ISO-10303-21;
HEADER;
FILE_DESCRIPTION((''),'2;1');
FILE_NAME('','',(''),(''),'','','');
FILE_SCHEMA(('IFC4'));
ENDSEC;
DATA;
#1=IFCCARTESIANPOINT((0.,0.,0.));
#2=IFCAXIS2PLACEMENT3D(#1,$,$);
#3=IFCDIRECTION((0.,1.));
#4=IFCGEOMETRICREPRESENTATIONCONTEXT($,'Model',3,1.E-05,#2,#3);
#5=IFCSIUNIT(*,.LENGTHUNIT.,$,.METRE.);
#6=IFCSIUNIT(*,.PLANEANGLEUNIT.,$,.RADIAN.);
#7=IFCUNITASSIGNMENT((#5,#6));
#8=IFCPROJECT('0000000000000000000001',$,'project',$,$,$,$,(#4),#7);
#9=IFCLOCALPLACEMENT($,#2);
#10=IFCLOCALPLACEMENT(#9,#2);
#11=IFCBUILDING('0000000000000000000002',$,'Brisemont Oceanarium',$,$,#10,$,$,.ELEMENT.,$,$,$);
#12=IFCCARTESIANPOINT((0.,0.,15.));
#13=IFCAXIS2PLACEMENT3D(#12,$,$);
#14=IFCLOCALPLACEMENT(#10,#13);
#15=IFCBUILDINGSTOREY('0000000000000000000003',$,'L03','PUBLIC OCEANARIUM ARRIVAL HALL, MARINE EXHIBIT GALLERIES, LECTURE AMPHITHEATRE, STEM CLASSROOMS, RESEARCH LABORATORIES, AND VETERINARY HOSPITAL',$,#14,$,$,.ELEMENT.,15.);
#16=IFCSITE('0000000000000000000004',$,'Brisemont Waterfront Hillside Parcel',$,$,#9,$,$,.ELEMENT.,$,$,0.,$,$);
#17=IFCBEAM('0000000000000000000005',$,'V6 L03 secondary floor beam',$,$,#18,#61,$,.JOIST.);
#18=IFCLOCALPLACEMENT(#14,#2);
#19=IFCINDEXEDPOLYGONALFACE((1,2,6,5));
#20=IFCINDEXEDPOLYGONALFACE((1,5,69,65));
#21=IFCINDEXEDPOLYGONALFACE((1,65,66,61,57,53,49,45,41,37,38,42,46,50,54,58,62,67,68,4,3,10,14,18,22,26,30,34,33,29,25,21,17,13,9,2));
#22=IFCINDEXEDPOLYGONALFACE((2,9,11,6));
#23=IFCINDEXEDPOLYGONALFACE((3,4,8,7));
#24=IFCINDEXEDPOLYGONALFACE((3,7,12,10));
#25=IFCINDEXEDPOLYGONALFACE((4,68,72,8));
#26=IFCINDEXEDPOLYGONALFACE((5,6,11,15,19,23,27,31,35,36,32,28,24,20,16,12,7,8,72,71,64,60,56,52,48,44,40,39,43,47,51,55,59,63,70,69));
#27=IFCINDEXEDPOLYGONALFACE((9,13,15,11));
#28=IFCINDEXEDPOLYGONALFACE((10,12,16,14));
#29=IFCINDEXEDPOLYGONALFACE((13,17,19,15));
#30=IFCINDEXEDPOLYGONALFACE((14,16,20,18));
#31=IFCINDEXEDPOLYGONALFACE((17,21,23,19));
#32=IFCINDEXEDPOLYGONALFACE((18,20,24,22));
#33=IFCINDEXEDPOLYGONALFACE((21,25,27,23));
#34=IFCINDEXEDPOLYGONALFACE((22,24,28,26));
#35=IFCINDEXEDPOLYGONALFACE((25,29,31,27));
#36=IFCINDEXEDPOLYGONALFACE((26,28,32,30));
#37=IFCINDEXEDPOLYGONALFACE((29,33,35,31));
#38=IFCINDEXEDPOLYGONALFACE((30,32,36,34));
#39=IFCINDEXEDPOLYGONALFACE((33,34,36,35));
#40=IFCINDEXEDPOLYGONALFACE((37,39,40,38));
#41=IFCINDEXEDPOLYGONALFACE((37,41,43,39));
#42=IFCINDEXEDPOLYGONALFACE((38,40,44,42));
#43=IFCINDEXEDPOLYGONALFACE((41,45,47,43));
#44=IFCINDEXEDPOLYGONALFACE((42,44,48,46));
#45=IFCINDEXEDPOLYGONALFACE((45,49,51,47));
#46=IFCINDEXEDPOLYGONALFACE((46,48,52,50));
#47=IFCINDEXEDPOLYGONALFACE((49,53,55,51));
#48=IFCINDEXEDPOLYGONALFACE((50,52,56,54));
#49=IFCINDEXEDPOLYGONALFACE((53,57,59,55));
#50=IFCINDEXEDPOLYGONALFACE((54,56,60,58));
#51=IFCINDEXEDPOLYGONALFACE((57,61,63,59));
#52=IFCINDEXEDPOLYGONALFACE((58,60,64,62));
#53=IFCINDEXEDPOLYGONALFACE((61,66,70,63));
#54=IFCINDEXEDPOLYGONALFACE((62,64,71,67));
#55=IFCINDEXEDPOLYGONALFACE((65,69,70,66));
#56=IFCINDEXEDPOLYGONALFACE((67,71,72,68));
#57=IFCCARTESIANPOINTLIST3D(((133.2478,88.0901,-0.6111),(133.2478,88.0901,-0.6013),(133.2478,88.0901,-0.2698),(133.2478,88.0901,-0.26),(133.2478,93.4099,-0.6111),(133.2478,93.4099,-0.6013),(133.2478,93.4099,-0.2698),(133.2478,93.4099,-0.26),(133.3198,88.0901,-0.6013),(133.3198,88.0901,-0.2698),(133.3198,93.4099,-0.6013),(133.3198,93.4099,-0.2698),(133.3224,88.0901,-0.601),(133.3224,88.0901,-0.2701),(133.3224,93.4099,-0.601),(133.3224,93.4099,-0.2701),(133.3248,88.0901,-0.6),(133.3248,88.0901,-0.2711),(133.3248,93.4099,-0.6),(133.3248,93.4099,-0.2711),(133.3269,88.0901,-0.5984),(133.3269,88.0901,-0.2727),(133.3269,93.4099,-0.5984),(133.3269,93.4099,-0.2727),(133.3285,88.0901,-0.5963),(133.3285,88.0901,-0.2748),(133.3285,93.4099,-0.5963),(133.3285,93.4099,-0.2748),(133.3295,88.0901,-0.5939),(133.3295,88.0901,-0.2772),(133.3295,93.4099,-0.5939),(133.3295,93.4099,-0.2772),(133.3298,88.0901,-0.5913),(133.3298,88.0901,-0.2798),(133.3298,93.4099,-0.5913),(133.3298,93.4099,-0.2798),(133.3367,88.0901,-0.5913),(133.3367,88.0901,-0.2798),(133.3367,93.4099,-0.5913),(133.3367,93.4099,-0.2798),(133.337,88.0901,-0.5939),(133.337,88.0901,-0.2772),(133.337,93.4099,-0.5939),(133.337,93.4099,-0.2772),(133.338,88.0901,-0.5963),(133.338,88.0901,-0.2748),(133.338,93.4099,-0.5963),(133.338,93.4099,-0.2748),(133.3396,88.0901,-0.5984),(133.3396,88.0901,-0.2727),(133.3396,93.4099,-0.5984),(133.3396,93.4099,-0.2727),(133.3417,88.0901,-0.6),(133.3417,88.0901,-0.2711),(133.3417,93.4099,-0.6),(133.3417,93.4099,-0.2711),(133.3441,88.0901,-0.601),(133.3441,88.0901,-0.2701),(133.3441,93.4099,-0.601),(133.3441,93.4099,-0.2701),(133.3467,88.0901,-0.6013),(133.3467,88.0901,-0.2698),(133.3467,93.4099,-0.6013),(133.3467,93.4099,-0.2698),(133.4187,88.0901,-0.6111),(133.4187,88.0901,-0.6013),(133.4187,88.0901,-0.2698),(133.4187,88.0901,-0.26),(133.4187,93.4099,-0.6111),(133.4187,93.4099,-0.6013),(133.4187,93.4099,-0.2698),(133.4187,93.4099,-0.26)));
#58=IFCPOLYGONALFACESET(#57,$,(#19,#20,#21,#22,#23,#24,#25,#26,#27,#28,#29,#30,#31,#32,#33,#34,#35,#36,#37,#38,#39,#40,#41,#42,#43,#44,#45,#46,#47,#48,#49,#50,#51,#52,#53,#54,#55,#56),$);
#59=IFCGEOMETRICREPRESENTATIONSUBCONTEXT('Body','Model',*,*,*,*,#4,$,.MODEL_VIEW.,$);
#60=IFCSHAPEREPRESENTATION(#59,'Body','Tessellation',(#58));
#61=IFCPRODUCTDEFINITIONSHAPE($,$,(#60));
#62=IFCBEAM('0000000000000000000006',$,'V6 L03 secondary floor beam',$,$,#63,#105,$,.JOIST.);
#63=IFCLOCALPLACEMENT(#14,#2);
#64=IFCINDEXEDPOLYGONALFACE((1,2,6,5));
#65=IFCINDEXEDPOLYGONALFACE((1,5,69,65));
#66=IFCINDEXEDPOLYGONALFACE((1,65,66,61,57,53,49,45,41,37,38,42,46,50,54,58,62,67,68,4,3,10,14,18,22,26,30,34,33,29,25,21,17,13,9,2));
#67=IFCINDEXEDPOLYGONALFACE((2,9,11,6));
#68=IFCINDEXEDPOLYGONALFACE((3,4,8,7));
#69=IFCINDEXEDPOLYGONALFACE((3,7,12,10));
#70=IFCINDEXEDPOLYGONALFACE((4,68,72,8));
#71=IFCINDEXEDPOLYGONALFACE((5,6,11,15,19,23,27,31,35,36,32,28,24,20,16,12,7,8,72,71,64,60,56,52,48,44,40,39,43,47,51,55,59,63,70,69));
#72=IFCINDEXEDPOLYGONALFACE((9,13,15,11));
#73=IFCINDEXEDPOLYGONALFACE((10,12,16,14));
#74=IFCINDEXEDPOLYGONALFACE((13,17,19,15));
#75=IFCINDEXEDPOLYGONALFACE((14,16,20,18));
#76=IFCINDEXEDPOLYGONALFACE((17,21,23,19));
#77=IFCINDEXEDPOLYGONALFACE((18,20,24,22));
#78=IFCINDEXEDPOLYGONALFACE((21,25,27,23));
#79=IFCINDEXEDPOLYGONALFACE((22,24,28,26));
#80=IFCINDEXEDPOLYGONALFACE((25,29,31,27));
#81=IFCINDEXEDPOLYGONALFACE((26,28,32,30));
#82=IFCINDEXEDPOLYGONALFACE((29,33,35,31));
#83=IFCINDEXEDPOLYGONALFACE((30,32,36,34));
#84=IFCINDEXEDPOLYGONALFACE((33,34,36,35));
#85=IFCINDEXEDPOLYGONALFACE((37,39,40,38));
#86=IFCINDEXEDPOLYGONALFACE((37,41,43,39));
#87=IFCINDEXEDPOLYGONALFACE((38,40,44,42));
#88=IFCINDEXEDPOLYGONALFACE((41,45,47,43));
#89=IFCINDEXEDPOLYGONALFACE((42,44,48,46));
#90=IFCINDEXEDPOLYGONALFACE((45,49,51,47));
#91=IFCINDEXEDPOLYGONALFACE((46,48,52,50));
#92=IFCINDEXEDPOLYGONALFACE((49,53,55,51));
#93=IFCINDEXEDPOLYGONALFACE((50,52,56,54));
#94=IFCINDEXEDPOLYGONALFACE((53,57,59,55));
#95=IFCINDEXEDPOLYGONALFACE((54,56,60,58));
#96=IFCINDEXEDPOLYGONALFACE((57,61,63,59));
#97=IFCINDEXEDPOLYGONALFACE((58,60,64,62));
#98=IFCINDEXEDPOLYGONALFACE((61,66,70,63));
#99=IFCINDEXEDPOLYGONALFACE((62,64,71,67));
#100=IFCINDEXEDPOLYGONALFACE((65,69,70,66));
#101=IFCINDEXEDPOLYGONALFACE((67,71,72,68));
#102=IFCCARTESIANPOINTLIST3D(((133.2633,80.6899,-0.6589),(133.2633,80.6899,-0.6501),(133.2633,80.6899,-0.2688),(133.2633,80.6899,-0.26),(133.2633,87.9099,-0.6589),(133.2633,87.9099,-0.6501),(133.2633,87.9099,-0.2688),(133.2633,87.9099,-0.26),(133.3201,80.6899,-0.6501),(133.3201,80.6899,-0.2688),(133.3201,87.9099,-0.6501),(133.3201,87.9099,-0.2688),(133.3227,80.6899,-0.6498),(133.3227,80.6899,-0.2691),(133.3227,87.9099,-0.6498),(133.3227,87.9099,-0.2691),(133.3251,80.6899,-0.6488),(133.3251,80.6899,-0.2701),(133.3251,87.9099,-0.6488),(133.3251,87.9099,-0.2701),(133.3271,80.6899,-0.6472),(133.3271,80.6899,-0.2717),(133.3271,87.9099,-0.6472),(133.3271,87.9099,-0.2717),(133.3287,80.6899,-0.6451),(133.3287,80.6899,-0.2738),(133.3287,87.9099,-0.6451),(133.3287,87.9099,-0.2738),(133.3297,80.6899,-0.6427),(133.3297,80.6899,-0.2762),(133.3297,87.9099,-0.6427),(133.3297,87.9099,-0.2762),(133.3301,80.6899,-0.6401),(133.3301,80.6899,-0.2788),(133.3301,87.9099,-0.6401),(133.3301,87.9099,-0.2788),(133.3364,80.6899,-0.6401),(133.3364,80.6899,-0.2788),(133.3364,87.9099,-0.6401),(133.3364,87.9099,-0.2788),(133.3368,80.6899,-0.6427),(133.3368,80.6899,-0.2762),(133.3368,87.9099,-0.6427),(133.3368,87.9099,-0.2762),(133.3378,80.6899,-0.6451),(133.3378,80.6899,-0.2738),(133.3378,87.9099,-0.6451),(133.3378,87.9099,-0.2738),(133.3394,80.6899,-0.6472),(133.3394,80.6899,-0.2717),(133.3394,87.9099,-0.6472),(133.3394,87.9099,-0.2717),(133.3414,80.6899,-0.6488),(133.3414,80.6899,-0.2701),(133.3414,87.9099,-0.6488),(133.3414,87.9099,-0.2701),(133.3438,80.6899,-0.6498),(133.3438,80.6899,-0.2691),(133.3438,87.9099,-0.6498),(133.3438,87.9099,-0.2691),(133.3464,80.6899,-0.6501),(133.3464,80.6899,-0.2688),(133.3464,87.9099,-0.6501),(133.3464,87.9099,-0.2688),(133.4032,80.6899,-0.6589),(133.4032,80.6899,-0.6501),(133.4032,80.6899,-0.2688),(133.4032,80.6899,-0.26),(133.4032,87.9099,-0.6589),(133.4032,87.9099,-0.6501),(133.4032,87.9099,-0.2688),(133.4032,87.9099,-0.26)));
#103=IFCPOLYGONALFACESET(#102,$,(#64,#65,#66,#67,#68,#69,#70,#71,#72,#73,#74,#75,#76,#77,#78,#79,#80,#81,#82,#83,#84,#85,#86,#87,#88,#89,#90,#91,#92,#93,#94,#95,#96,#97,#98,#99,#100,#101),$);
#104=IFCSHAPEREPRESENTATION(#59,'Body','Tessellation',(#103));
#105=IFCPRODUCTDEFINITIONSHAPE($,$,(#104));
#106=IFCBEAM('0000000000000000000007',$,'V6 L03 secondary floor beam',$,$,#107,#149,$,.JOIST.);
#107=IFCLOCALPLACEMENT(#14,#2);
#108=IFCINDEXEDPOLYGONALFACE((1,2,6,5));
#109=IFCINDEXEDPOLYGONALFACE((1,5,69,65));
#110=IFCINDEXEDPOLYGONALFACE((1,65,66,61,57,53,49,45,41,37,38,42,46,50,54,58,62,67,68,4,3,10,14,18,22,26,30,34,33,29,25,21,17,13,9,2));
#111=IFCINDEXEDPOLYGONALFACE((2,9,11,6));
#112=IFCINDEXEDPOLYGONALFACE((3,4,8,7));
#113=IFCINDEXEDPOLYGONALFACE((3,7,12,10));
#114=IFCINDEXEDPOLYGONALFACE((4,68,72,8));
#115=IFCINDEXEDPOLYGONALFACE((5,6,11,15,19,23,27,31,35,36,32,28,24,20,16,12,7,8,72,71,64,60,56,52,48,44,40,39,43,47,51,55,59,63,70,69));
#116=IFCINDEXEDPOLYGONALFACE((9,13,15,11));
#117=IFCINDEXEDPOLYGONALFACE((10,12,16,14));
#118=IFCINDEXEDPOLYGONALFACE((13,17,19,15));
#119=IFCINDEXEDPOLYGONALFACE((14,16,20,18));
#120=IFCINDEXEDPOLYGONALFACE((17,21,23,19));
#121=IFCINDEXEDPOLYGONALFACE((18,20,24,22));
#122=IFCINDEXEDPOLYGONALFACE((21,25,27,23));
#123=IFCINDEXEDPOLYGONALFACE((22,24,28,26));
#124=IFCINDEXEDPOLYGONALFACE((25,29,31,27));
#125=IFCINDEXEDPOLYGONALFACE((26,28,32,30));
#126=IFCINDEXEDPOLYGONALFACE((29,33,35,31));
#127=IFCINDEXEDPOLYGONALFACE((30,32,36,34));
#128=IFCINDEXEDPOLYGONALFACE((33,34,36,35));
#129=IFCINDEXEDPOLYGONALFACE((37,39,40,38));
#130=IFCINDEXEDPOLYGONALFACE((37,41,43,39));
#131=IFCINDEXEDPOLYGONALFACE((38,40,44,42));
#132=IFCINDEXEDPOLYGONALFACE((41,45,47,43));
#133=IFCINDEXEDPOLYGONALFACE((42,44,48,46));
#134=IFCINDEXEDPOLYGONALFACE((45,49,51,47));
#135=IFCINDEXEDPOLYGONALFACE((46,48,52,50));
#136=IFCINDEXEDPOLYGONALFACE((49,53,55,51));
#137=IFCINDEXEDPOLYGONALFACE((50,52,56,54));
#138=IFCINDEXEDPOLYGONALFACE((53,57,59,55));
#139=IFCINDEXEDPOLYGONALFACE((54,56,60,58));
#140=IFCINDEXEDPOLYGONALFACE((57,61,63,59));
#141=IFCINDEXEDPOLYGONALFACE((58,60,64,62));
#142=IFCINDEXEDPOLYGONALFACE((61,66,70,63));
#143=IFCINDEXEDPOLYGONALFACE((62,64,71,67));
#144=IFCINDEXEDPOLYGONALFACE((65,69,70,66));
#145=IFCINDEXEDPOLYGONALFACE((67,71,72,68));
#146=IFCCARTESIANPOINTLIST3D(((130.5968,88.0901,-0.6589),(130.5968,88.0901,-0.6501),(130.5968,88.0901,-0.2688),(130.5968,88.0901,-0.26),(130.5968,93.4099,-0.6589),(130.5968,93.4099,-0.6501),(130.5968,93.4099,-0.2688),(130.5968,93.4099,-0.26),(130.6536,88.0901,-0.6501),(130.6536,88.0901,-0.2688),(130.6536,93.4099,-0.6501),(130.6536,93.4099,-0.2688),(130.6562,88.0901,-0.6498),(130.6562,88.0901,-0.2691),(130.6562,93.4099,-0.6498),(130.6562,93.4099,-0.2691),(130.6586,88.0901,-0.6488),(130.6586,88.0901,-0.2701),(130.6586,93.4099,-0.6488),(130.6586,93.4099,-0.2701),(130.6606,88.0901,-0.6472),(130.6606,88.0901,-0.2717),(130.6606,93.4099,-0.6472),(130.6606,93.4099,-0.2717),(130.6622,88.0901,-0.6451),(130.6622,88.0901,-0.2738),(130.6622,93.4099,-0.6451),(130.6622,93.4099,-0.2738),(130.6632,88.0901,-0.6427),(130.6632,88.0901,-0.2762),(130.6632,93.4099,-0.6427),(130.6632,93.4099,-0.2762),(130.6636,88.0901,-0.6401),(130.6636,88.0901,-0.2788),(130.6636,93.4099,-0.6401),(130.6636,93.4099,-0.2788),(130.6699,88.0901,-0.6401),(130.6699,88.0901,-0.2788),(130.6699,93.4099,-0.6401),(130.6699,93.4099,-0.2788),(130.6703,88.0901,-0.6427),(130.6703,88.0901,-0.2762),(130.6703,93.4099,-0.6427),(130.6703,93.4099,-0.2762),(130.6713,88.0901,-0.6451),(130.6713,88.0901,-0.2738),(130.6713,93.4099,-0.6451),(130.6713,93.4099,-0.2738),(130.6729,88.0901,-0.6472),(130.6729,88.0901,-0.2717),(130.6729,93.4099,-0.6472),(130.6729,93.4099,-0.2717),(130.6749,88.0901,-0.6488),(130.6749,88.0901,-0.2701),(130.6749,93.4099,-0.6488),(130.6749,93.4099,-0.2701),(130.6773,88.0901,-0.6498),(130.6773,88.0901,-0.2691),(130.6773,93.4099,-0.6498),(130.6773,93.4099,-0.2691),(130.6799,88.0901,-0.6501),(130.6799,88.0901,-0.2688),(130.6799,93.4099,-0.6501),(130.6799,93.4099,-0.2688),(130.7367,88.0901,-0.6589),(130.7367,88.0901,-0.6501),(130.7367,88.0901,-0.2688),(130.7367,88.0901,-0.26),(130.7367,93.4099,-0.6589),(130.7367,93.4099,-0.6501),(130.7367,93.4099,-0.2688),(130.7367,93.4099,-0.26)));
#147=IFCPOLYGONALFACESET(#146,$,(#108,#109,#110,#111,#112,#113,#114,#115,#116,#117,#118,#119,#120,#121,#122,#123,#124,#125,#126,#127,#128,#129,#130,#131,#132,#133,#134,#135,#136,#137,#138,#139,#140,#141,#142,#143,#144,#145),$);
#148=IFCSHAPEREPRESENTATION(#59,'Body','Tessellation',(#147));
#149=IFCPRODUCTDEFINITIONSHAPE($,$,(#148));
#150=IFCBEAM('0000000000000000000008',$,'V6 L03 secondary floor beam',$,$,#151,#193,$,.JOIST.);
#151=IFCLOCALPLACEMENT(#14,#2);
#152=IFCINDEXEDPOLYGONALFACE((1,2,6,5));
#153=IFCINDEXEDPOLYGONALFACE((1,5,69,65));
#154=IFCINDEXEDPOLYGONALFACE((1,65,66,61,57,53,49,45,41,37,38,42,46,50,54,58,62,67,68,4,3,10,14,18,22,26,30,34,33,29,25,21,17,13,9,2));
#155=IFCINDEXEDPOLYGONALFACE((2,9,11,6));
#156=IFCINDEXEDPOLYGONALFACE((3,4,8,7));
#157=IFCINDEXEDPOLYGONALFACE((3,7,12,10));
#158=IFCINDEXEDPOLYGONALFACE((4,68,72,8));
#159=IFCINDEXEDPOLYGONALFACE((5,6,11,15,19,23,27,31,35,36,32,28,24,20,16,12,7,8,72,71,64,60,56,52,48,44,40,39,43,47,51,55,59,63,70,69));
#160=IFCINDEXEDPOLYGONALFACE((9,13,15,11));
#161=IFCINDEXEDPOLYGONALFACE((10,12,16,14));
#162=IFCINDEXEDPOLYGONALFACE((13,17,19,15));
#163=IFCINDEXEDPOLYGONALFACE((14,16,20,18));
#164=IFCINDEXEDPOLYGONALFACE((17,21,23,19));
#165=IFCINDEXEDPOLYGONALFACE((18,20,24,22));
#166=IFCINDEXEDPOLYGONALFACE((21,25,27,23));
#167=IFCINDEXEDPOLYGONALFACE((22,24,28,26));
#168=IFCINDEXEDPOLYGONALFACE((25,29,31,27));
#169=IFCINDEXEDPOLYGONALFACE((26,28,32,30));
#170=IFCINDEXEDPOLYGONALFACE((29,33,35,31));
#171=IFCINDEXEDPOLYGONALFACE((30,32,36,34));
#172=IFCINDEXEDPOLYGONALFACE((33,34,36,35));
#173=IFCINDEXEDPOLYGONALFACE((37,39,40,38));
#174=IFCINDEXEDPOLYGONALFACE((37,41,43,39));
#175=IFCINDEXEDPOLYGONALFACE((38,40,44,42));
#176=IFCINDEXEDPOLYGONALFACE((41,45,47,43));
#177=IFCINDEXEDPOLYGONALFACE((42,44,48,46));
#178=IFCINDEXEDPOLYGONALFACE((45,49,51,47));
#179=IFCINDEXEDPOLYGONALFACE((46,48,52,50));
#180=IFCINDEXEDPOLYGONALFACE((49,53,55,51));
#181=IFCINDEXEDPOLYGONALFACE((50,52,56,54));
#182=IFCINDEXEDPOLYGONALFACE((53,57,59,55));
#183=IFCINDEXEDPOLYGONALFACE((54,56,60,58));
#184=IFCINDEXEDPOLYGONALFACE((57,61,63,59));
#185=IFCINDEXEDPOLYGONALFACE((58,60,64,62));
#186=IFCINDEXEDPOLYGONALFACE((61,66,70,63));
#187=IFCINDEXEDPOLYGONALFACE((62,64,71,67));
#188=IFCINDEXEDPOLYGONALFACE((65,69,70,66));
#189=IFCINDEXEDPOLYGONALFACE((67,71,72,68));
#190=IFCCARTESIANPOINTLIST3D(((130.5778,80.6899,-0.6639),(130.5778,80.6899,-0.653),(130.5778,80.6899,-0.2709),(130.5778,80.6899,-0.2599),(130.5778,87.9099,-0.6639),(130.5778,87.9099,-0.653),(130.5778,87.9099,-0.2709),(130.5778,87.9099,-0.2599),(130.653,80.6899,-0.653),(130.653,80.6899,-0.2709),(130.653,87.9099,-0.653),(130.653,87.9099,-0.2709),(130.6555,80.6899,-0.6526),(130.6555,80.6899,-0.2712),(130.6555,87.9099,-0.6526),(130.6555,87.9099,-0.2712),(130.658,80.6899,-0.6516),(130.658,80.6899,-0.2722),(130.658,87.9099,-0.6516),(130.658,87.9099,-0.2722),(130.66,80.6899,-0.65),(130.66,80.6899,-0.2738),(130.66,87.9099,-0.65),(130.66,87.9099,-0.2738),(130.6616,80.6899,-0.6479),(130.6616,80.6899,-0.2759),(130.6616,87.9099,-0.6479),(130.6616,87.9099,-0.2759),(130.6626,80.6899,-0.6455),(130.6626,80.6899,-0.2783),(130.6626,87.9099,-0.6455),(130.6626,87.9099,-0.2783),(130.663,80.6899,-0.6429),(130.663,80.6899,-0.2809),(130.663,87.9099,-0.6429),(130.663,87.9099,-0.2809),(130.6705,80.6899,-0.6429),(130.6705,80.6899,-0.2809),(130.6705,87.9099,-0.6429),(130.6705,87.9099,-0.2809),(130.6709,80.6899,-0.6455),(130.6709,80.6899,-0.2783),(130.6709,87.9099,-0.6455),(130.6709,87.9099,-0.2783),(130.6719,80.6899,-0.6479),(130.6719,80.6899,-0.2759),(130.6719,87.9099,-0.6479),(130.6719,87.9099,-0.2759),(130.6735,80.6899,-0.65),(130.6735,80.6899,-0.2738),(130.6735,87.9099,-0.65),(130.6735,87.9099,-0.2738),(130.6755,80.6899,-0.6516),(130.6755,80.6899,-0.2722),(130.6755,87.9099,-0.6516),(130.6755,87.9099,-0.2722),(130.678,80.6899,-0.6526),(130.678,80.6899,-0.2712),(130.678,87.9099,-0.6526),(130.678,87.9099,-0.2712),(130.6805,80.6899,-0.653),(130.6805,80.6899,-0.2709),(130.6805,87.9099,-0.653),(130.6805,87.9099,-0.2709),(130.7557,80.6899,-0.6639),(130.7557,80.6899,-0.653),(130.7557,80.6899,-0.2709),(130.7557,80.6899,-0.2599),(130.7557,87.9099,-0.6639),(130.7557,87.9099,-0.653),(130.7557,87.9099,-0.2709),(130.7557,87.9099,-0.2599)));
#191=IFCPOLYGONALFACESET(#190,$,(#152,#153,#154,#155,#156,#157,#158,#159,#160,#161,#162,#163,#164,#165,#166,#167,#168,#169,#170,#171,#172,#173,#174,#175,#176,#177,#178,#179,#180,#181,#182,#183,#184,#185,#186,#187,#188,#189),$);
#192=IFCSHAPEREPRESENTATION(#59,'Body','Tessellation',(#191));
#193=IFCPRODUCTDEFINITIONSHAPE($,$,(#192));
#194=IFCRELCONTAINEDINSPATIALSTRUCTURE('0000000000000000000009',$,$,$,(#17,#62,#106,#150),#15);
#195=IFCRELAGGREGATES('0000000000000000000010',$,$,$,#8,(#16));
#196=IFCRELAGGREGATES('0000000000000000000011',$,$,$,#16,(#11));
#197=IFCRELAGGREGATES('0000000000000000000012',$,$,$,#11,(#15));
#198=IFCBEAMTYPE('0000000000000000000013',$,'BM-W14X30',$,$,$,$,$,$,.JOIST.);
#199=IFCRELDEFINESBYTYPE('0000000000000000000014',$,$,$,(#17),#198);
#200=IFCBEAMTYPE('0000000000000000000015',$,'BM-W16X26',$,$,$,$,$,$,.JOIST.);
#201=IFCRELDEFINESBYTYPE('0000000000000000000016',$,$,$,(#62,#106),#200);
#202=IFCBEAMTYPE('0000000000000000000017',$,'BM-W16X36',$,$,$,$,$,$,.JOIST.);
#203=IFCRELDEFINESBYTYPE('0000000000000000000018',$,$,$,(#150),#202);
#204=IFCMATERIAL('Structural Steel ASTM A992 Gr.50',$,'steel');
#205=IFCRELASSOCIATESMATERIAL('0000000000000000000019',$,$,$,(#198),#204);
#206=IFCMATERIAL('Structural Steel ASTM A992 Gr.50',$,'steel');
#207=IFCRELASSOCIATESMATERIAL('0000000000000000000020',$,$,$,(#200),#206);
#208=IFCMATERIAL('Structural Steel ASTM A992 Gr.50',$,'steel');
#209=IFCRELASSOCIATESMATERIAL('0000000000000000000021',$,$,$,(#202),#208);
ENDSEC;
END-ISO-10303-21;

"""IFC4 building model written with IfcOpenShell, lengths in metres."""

from ifc_helpers import new_model, si_unit, direction, frame, origin, origin_2d, place, context, subcontext, project, spatial, i_section, extrude, material, material_profile, profile_set, type_object, element, save


model = new_model("IFC4")

# Units and contexts
model_context = context("Model", 3, precision=1e-05, world=origin(), true_north=direction((0.0, 1.0)))
body_context = subcontext(model_context, "Body", "Model", "MODEL_VIEW")
ifc_project = project(units=[si_unit("LENGTHUNIT", "METRE"), si_unit("PLANEANGLEUNIT", "RADIAN")], contexts=[model_context])

# Site, building, storey
site_placement = place(None, origin())
site = spatial("IfcSite", under=ifc_project, at=site_placement, Name="Brisemont Waterfront Hillside Parcel", CompositionType="ELEMENT", RefElevation=0.0)
building_placement = place(site_placement, origin())
building = spatial("IfcBuilding", under=site, at=building_placement, Name="Brisemont Oceanarium", CompositionType="ELEMENT")
storey_placement = place(building_placement, frame((0.0, 0.0, 15.0)))
storey = spatial("IfcBuildingStorey", under=building, at=storey_placement, Name="L03", Description="PUBLIC OCEANARIUM ARRIVAL HALL, MARINE EXHIBIT GALLERIES, LECTURE AMPHITHEATRE, STEM CLASSROOMS, RESEARCH LABORATORIES, AND VETERINARY HOSPITAL", CompositionType="ELEMENT", Elevation=15.0)

# Beams
ifc_material_1 = material(Name="Structural Steel ASTM A992 Gr.50", Category="steel")
ifc_material_profile_1 = material_profile(ifc_material_1, i_section(OverallWidth=0.1709, OverallDepth=0.3511, WebThickness=0.0068, FlangeThickness=0.0098, FilletRadius=0.01, at=origin_2d()), Name="W14X30")
ifc_profile_set_1 = profile_set([ifc_material_profile_1], Name="Structural Steel ASTM A992 Gr.50")
beam_type_1 = type_object("IfcBeamType", Name="BM-W14X30", PredefinedType="JOIST", material=ifc_profile_set_1)
beam_1_placement = place(storey_placement, frame((133.3333, 88.0901, -0.4355), z_axis=(0.0, 1.0, 0.0), x_axis=(-1.0, 0.0, 0.0)))
element("IfcBeam", 1, at=beam_1_placement, inside=storey, type_object=beam_type_1, Name="V6 L03 secondary floor beam", PredefinedType="JOIST", context=body_context, shape_type="SweptSolid", body=[
    extrude(i_section(OverallWidth=0.1709, OverallDepth=0.3511, WebThickness=0.0068, FlangeThickness=0.0098, FilletRadius=0.01, at=origin_2d()), origin(), (0.0, 0.0, 1.0), 5.3198),
])
ifc_material_2 = material(Name="Structural Steel ASTM A992 Gr.50", Category="steel")
ifc_material_profile_2 = material_profile(ifc_material_2, i_section(OverallWidth=0.1399, OverallDepth=0.3989, WebThickness=0.0063, FlangeThickness=0.0088, FilletRadius=0.01, at=origin_2d()), Name="W16X26")
ifc_profile_set_2 = profile_set([ifc_material_profile_2], Name="Structural Steel ASTM A992 Gr.50")
beam_type_2 = type_object("IfcBeamType", Name="BM-W16X26", PredefinedType="JOIST", material=ifc_profile_set_2)
beam_2_placement = place(storey_placement, frame((133.3333, 80.6899, -0.4595), z_axis=(0.0, 1.0, 0.0), x_axis=(-1.0, 0.0, 0.0)))
element("IfcBeam", 2, at=beam_2_placement, inside=storey, type_object=beam_type_2, Name="V6 L03 secondary floor beam", PredefinedType="JOIST", context=body_context, shape_type="SweptSolid", body=[
    extrude(i_section(OverallWidth=0.1399, OverallDepth=0.3989, WebThickness=0.0063, FlangeThickness=0.0088, FilletRadius=0.01, at=origin_2d()), origin(), (0.0, 0.0, 1.0), 7.22),
])
beam_3_placement = place(storey_placement, frame((130.6667, 88.0901, -0.4595), z_axis=(0.0, 1.0, 0.0), x_axis=(-1.0, 0.0, 0.0)))
element("IfcBeam", 3, at=beam_3_placement, inside=storey, type_object=beam_type_2, Name="V6 L03 secondary floor beam", PredefinedType="JOIST", context=body_context, shape_type="SweptSolid", body=[
    extrude(i_section(OverallWidth=0.1399, OverallDepth=0.3989, WebThickness=0.0063, FlangeThickness=0.0088, FilletRadius=0.01, at=origin_2d()), origin(), (0.0, 0.0, 1.0), 5.3198),
])
ifc_material_3 = material(Name="Structural Steel ASTM A992 Gr.50", Category="steel")
ifc_material_profile_3 = material_profile(ifc_material_3, i_section(OverallWidth=0.178, OverallDepth=0.4041, WebThickness=0.0076, FlangeThickness=0.011, FilletRadius=0.01, at=origin_2d()), Name="W16X36")
ifc_profile_set_3 = profile_set([ifc_material_profile_3], Name="Structural Steel ASTM A992 Gr.50")
beam_type_3 = type_object("IfcBeamType", Name="BM-W16X36", PredefinedType="JOIST", material=ifc_profile_set_3)
beam_4_placement = place(storey_placement, frame((130.6667, 80.6899, -0.4619), z_axis=(0.0, 1.0, 0.0), x_axis=(-1.0, 0.0, 0.0)))
element("IfcBeam", 4, at=beam_4_placement, inside=storey, type_object=beam_type_3, Name="V6 L03 secondary floor beam", PredefinedType="JOIST", context=body_context, shape_type="SweptSolid", body=[
    extrude(i_section(OverallWidth=0.178, OverallDepth=0.4041, WebThickness=0.0076, FlangeThickness=0.011, FilletRadius=0.01, at=origin_2d()), origin(), (0.0, 0.0, 1.0), 7.22),
])

save(model, "model.ifc")
